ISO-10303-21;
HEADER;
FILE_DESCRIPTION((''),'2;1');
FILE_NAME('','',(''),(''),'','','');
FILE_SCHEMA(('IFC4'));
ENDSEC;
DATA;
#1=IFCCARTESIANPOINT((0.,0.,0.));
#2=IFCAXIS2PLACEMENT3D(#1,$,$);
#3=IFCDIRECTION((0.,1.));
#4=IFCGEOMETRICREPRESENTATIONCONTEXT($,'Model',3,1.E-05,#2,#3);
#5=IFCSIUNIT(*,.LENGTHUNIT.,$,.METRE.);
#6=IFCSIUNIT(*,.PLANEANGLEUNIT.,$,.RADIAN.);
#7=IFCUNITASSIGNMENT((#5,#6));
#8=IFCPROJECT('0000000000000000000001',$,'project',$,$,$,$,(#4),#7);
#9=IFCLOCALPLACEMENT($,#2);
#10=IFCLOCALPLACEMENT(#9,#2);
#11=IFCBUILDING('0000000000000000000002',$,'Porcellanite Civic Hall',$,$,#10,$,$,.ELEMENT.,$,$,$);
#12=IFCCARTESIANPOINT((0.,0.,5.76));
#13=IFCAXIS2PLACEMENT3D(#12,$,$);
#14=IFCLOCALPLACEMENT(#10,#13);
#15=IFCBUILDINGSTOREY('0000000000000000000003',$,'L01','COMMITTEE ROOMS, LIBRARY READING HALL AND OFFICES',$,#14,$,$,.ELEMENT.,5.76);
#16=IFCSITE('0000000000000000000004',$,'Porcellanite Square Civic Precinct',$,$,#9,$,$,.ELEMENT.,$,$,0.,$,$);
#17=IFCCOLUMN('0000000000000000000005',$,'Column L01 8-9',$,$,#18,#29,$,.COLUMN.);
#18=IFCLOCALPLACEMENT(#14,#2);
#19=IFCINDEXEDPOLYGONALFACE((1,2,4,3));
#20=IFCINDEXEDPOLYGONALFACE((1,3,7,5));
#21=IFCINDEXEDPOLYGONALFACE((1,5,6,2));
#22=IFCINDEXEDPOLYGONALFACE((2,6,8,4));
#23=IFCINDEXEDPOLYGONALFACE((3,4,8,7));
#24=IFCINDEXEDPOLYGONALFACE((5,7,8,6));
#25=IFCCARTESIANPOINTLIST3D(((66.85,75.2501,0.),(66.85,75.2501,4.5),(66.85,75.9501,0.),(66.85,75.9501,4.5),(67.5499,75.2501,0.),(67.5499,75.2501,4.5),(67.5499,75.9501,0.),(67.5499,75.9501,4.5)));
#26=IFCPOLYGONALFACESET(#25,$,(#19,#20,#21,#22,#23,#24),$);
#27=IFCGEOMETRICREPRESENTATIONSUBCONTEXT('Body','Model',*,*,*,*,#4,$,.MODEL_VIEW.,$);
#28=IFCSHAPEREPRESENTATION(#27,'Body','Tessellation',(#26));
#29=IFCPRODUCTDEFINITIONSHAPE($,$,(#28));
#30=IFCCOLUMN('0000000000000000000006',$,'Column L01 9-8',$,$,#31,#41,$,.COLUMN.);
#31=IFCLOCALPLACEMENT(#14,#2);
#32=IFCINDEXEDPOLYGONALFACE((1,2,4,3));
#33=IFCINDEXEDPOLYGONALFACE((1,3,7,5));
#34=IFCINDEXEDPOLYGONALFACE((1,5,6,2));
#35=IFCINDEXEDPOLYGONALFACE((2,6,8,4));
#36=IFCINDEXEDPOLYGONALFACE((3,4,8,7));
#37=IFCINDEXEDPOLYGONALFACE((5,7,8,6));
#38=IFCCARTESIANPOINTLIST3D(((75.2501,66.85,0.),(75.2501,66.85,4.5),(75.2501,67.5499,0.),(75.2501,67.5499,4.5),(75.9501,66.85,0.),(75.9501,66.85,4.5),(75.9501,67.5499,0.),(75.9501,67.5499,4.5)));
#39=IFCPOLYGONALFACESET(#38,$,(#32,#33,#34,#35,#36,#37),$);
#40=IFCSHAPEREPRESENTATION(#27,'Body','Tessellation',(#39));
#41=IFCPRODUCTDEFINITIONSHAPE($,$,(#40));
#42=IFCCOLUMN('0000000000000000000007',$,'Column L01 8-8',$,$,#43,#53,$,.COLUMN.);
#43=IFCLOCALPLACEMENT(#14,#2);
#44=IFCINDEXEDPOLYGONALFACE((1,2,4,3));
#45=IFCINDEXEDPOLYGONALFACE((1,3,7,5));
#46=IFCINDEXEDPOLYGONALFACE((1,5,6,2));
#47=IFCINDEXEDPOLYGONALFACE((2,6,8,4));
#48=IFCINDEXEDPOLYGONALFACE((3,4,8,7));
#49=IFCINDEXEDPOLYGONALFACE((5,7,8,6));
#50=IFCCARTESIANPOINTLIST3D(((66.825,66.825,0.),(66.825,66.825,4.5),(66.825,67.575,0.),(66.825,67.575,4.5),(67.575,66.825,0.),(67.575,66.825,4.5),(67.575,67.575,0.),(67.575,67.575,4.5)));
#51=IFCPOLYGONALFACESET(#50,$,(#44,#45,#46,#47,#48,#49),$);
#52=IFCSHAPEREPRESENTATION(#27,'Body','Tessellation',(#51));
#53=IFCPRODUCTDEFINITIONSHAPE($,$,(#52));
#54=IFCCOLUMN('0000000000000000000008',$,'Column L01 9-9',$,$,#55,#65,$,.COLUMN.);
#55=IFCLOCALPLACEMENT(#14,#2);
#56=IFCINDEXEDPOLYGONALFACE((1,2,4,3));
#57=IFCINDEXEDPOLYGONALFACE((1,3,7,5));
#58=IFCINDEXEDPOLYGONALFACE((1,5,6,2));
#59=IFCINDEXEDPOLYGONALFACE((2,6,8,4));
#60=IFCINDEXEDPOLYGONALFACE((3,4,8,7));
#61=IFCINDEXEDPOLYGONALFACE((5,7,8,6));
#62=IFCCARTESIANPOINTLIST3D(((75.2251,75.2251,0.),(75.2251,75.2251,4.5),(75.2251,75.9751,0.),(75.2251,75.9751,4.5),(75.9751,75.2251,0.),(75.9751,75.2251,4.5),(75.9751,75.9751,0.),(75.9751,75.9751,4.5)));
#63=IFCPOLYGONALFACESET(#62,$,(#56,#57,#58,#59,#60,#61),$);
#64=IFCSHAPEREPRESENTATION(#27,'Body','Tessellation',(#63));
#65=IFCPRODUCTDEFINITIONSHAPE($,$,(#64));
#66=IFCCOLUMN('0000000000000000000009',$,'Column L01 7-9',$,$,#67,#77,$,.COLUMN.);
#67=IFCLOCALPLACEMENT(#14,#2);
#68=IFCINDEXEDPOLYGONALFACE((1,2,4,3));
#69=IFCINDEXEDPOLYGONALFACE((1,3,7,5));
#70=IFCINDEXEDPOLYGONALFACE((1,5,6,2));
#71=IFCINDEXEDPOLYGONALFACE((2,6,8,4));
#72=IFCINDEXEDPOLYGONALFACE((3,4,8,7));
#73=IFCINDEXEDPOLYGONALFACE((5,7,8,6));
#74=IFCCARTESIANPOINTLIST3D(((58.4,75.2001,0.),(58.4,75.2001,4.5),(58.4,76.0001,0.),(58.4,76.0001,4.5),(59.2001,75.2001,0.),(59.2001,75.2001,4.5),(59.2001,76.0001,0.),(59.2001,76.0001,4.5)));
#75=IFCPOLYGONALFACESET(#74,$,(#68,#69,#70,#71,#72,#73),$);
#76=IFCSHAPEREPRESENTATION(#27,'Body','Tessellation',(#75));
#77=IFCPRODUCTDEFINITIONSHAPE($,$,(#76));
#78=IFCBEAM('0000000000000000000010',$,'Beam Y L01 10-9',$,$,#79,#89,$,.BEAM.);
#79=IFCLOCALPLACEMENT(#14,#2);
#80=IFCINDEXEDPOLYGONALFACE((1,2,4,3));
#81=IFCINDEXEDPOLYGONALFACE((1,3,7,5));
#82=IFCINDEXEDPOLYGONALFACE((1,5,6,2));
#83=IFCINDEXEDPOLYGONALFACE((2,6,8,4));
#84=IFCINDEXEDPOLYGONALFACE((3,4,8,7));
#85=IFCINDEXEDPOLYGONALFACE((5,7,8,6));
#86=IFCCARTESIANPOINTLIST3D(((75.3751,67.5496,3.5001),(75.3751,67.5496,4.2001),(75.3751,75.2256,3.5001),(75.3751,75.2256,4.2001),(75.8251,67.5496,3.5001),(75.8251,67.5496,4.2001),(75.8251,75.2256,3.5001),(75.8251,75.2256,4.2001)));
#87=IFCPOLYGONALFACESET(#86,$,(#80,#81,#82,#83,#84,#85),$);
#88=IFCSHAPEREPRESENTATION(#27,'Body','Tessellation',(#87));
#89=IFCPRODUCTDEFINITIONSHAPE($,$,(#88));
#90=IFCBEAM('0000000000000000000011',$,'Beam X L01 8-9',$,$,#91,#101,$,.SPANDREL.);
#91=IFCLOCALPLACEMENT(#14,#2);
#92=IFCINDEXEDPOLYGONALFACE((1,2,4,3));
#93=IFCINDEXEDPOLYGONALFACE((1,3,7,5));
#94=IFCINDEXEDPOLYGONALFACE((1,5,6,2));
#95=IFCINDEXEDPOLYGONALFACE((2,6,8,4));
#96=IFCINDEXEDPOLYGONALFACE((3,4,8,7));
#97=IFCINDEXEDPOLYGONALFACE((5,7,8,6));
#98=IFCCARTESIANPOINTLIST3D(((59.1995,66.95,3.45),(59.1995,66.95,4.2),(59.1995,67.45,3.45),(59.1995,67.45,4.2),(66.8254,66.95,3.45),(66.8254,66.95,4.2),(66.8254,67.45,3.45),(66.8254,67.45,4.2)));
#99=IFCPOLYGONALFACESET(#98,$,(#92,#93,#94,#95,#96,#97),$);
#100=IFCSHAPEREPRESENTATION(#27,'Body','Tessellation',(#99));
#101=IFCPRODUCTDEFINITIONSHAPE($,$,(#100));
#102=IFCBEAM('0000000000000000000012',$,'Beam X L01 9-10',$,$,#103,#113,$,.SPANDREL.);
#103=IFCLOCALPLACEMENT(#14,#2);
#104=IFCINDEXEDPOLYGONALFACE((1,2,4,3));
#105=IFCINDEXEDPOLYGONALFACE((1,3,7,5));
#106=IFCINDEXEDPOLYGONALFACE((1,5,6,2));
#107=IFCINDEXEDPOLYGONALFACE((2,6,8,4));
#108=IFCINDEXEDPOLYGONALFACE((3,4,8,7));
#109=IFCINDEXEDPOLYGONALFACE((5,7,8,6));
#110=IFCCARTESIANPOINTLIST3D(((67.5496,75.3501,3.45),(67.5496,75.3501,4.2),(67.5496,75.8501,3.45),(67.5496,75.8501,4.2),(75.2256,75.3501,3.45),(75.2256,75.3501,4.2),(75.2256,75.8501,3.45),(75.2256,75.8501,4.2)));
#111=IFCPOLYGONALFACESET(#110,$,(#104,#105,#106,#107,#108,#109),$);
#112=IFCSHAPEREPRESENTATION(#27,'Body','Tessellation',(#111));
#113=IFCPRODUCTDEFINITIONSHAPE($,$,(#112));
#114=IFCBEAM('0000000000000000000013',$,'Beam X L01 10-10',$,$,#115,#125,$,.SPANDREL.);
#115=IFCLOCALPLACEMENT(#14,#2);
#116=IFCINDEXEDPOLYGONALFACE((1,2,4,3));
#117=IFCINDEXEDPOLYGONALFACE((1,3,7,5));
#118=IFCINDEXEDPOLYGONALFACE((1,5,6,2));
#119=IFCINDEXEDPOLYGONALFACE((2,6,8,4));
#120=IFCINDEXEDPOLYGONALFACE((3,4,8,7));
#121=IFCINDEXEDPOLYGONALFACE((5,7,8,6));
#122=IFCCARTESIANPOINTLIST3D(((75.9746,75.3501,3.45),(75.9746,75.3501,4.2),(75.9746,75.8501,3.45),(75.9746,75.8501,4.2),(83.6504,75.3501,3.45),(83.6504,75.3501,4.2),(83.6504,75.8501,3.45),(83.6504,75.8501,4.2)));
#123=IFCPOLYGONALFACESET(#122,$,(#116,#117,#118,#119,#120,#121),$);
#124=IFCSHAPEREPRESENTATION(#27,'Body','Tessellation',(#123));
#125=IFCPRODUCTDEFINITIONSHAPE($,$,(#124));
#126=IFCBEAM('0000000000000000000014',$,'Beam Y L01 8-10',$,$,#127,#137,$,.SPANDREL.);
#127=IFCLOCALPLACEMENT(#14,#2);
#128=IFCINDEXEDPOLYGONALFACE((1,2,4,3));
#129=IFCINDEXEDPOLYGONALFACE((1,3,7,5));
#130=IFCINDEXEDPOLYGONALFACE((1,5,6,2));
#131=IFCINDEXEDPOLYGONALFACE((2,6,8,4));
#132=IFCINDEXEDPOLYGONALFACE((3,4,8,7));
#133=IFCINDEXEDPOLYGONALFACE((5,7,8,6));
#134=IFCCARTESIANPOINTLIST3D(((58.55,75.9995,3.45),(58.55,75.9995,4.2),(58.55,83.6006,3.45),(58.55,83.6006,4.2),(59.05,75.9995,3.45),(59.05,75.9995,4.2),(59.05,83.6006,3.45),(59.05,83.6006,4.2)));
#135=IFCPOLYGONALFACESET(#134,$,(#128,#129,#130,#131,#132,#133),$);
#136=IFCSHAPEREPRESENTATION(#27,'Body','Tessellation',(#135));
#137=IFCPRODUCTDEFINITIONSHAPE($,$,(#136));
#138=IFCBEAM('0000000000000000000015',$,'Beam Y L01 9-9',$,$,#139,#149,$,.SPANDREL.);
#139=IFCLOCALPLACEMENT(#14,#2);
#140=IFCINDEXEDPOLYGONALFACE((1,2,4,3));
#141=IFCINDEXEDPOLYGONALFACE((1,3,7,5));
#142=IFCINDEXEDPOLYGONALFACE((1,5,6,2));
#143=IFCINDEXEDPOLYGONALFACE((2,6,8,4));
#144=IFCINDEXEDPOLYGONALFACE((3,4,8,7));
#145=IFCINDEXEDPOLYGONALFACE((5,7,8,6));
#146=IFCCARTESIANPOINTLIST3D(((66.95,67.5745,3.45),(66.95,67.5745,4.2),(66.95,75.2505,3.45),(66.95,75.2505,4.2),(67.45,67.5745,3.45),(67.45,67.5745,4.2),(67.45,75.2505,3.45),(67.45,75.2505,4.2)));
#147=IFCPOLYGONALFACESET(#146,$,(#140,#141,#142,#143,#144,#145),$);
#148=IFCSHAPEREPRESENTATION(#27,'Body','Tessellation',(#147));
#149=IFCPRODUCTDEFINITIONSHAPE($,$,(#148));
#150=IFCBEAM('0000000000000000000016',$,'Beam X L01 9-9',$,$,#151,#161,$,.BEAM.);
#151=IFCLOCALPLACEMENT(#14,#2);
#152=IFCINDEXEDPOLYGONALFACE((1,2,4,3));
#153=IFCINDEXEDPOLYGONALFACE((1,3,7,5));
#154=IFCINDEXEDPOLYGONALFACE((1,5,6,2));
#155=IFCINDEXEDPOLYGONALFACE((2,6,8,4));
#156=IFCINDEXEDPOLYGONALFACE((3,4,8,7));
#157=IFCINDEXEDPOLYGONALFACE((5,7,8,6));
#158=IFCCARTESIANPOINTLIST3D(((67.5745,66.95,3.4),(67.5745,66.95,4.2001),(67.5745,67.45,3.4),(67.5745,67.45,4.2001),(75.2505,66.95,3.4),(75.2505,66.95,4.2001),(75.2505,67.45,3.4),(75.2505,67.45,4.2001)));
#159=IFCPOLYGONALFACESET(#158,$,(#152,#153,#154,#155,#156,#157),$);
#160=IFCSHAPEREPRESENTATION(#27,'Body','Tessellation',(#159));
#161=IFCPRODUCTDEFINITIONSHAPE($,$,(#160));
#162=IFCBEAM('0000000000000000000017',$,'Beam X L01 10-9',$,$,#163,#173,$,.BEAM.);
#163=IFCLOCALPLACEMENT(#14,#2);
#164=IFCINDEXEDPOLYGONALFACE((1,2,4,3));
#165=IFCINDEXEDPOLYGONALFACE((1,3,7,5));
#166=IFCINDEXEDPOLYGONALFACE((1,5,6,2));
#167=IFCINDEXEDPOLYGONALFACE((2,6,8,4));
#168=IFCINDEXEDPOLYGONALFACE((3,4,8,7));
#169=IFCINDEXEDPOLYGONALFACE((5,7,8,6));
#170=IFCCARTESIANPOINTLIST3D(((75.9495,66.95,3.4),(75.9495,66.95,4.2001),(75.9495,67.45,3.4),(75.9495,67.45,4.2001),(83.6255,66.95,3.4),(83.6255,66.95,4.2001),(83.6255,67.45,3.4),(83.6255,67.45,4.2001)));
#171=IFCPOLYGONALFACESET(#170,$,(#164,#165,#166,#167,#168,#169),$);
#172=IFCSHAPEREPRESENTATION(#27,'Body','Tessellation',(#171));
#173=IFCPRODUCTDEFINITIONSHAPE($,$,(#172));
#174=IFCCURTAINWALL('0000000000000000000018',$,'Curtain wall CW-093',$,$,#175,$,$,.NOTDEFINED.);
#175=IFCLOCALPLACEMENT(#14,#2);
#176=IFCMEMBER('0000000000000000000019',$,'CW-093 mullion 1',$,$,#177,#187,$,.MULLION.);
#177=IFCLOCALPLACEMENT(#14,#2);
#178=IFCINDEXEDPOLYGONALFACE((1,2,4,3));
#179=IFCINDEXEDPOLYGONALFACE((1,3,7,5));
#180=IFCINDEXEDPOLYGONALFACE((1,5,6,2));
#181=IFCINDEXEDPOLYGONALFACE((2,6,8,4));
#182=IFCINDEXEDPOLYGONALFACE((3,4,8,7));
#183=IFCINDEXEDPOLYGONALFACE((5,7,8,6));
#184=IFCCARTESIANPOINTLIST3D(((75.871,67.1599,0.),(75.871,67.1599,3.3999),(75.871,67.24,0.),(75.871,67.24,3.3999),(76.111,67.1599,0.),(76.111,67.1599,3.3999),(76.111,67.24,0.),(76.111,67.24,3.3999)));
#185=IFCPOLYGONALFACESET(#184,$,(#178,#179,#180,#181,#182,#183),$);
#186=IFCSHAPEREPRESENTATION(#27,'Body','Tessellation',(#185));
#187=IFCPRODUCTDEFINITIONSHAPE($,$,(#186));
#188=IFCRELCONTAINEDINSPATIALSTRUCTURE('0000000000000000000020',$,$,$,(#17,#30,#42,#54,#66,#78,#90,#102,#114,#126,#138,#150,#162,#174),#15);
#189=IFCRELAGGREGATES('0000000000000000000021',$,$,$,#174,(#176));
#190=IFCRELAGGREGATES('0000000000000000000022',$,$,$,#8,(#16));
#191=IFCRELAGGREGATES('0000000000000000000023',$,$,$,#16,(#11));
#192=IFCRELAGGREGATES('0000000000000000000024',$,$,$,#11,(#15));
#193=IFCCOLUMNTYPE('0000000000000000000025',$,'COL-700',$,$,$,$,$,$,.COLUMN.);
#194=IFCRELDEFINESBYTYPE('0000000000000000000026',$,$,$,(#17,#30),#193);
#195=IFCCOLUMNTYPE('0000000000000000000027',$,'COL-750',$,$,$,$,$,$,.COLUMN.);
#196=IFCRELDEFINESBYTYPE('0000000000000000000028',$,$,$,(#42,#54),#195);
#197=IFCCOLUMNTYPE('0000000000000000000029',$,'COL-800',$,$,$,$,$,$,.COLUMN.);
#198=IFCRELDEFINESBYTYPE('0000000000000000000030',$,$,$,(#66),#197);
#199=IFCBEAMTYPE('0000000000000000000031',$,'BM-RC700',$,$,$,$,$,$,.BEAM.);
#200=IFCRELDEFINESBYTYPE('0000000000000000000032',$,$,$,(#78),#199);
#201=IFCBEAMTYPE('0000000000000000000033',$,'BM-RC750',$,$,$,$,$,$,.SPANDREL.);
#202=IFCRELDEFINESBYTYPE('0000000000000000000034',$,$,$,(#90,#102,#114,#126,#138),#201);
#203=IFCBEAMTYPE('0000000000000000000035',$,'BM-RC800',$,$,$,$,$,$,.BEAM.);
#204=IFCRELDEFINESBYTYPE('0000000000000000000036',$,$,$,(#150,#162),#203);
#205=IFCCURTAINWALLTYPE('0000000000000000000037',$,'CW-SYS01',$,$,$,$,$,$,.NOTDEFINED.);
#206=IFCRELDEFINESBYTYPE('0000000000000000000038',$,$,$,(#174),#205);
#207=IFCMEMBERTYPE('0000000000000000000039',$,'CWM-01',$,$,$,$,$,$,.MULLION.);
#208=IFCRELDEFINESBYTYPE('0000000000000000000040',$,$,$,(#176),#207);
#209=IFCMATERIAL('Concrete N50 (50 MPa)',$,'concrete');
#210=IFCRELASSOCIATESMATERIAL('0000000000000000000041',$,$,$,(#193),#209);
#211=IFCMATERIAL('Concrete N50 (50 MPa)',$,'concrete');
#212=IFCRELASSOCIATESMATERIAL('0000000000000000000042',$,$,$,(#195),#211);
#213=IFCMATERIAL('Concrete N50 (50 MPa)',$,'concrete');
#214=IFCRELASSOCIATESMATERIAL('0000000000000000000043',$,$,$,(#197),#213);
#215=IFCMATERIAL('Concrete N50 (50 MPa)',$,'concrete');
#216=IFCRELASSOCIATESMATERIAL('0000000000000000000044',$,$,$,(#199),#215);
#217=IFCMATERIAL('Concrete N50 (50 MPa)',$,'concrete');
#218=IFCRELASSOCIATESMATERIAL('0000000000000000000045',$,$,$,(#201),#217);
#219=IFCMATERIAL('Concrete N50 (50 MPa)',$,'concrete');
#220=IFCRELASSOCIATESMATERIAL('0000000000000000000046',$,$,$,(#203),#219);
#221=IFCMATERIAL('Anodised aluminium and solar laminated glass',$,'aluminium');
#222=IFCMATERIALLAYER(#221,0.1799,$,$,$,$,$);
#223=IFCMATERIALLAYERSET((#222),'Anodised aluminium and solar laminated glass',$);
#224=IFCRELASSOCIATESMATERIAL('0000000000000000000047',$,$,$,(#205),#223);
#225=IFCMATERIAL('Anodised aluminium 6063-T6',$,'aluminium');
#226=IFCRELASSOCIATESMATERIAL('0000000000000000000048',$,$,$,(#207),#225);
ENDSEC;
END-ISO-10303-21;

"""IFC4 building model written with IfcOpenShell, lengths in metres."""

from ifc_helpers import new_model, si_unit, direction, frame, origin, origin_2d, place, context, subcontext, project, spatial, rectangle, extrude, material, layer, layer_set, material_profile, profile_set, type_object, element, aggregate, save


model = new_model("IFC4")

# Units and contexts
model_context = context("Model", 3, precision=1e-05, world=origin(), true_north=direction((0.0, 1.0)))
body_context = subcontext(model_context, "Body", "Model", "MODEL_VIEW")
ifc_project = project(units=[si_unit("LENGTHUNIT", "METRE"), si_unit("PLANEANGLEUNIT", "RADIAN")], contexts=[model_context])

# Site, building, storey
site_placement = place(None, origin())
site = spatial("IfcSite", under=ifc_project, at=site_placement, Name="Porcellanite Square Civic Precinct", CompositionType="ELEMENT", RefElevation=0.0)
building_placement = place(site_placement, origin())
building = spatial("IfcBuilding", under=site, at=building_placement, Name="Porcellanite Civic Hall", CompositionType="ELEMENT")
storey_placement = place(building_placement, frame((0.0, 0.0, 5.76)))
storey = spatial("IfcBuildingStorey", under=building, at=storey_placement, Name="L01", Description="COMMITTEE ROOMS, LIBRARY READING HALL AND OFFICES", CompositionType="ELEMENT", Elevation=5.76)

# Columns
ifc_material_1 = material(Name="Concrete N50 (50 MPa)", Category="concrete")
ifc_material_profile_1 = material_profile(ifc_material_1, rectangle(XDim=0.7, YDim=0.7, at=origin_2d()), Name="RC-700x700")
ifc_profile_set_1 = profile_set([ifc_material_profile_1], Name="Concrete N50 (50 MPa)")
column_type_1 = type_object("IfcColumnType", Name="COL-700", PredefinedType="COLUMN", material=ifc_profile_set_1)
for number, where, z_axis, x_axis, name in (
    (1, (67.2, 75.6001, 0.0), (0.0, 0.0, 1.0), (1.0, 0.0, 0.0), "Column L01 8-9"),
    (2, (75.6001, 67.2, 0.0), (0.0, 0.0, 1.0), (1.0, 0.0, 0.0), "Column L01 9-8"),
):
    element("IfcColumn", number, at=place(storey_placement, frame(where, z_axis=z_axis, x_axis=x_axis)), inside=storey, type_object=column_type_1, Name=name, PredefinedType="COLUMN", context=body_context, shape_type="SweptSolid", body=[
        extrude(rectangle(XDim=0.7, YDim=0.7, at=origin_2d()), origin(), (0.0, 0.0, 1.0), 4.5),
    ])
ifc_material_2 = material(Name="Concrete N50 (50 MPa)", Category="concrete")
ifc_material_profile_2 = material_profile(ifc_material_2, rectangle(XDim=0.75, YDim=0.75, at=origin_2d()), Name="RC-750x750")
ifc_profile_set_2 = profile_set([ifc_material_profile_2], Name="Concrete N50 (50 MPa)")
column_type_2 = type_object("IfcColumnType", Name="COL-750", PredefinedType="COLUMN", material=ifc_profile_set_2)
for number, where, z_axis, x_axis, name in (
    (3, (67.2, 67.2, 0.0), (0.0, 0.0, 1.0), (1.0, 0.0, 0.0), "Column L01 8-8"),
    (4, (75.6001, 75.6001, 0.0), (0.0, 0.0, 1.0), (1.0, 0.0, 0.0), "Column L01 9-9"),
):
    element("IfcColumn", number, at=place(storey_placement, frame(where, z_axis=z_axis, x_axis=x_axis)), inside=storey, type_object=column_type_2, Name=name, PredefinedType="COLUMN", context=body_context, shape_type="SweptSolid", body=[
        extrude(rectangle(XDim=0.75, YDim=0.75, at=origin_2d()), origin(), (0.0, 0.0, 1.0), 4.5),
    ])
ifc_material_3 = material(Name="Concrete N50 (50 MPa)", Category="concrete")
ifc_material_profile_3 = material_profile(ifc_material_3, rectangle(XDim=0.8, YDim=0.8, at=origin_2d()), Name="RC-800x800")
ifc_profile_set_3 = profile_set([ifc_material_profile_3], Name="Concrete N50 (50 MPa)")
column_type_3 = type_object("IfcColumnType", Name="COL-800", PredefinedType="COLUMN", material=ifc_profile_set_3)
column_placement = place(storey_placement, frame((58.8, 75.6001, 0.0), z_axis=(0.0, 0.0, 1.0), x_axis=(1.0, 0.0, 0.0)))
element("IfcColumn", 5, at=column_placement, inside=storey, type_object=column_type_3, Name="Column L01 7-9", PredefinedType="COLUMN", context=body_context, shape_type="SweptSolid", body=[
    extrude(rectangle(XDim=0.8, YDim=0.8, at=origin_2d()), origin(), (0.0, 0.0, 1.0), 4.5),
])

# Beams
ifc_material_4 = material(Name="Concrete N50 (50 MPa)", Category="concrete")
ifc_material_profile_4 = material_profile(ifc_material_4, rectangle(XDim=0.45, YDim=0.7, at=origin_2d()), Name="RC-450x700")
ifc_profile_set_4 = profile_set([ifc_material_profile_4], Name="Concrete N50 (50 MPa)")
beam_type_1 = type_object("IfcBeamType", Name="BM-RC700", PredefinedType="BEAM", material=ifc_profile_set_4)
beam_1_placement = place(storey_placement, frame((75.6001, 67.5496, 3.8501), z_axis=(0.0, 1.0, 0.0), x_axis=(-1.0, 0.0, 0.0)))
element("IfcBeam", 6, at=beam_1_placement, inside=storey, type_object=beam_type_1, Name="Beam Y L01 10-9", PredefinedType="BEAM", context=body_context, shape_type="SweptSolid", body=[
    extrude(rectangle(XDim=0.45, YDim=0.7, at=origin_2d()), origin(), (0.0, 0.0, 1.0), 7.676),
])
ifc_material_5 = material(Name="Concrete N50 (50 MPa)", Category="concrete")
ifc_material_profile_5 = material_profile(ifc_material_5, rectangle(XDim=0.5, YDim=0.75, at=origin_2d()), Name="RC-500x750")
ifc_profile_set_5 = profile_set([ifc_material_profile_5], Name="Concrete N50 (50 MPa)")
beam_type_2 = type_object("IfcBeamType", Name="BM-RC750", PredefinedType="SPANDREL", material=ifc_profile_set_5)
beam_2_placement = place(storey_placement, frame((59.1995, 67.2, 3.825), z_axis=(1.0, 0.0, 0.0), x_axis=(0.0, 1.0, 0.0)))
element("IfcBeam", 7, at=beam_2_placement, inside=storey, type_object=beam_type_2, Name="Beam X L01 8-9", PredefinedType="SPANDREL", context=body_context, shape_type="SweptSolid", body=[
    extrude(rectangle(XDim=0.5, YDim=0.75, at=origin_2d()), origin(), (0.0, 0.0, 1.0), 7.626),
])
beam_3_placement = place(storey_placement, frame((67.5496, 75.6001, 3.825), z_axis=(1.0, 0.0, 0.0), x_axis=(0.0, 1.0, 0.0)))
element("IfcBeam", 8, at=beam_3_placement, inside=storey, type_object=beam_type_2, Name="Beam X L01 9-10", PredefinedType="SPANDREL", context=body_context, shape_type="SweptSolid", body=[
    extrude(rectangle(XDim=0.5, YDim=0.75, at=origin_2d()), origin(), (0.0, 0.0, 1.0), 7.676),
])
beam_4_placement = place(storey_placement, frame((75.9746, 75.6001, 3.825), z_axis=(1.0, 0.0, 0.0), x_axis=(0.0, 1.0, 0.0)))
element("IfcBeam", 9, at=beam_4_placement, inside=storey, type_object=beam_type_2, Name="Beam X L01 10-10", PredefinedType="SPANDREL", context=body_context, shape_type="SweptSolid", body=[
    extrude(rectangle(XDim=0.5, YDim=0.75, at=origin_2d()), origin(), (0.0, 0.0, 1.0), 7.6758),
])
beam_5_placement = place(storey_placement, frame((58.8, 75.9995, 3.825), z_axis=(0.0, 1.0, 0.0), x_axis=(-1.0, 0.0, 0.0)))
element("IfcBeam", 10, at=beam_5_placement, inside=storey, type_object=beam_type_2, Name="Beam Y L01 8-10", PredefinedType="SPANDREL", context=body_context, shape_type="SweptSolid", body=[
    extrude(rectangle(XDim=0.5, YDim=0.75, at=origin_2d()), origin(), (0.0, 0.0, 1.0), 7.6011),
])
beam_6_placement = place(storey_placement, frame((67.2, 67.5745, 3.825), z_axis=(0.0, 1.0, 0.0), x_axis=(-1.0, 0.0, 0.0)))
element("IfcBeam", 11, at=beam_6_placement, inside=storey, type_object=beam_type_2, Name="Beam Y L01 9-9", PredefinedType="SPANDREL", context=body_context, shape_type="SweptSolid", body=[
    extrude(rectangle(XDim=0.5, YDim=0.75, at=origin_2d()), origin(), (0.0, 0.0, 1.0), 7.676),
])
ifc_material_6 = material(Name="Concrete N50 (50 MPa)", Category="concrete")
ifc_material_profile_6 = material_profile(ifc_material_6, rectangle(XDim=0.5, YDim=0.8, at=origin_2d()), Name="RC-500x800")
ifc_profile_set_6 = profile_set([ifc_material_profile_6], Name="Concrete N50 (50 MPa)")
beam_type_3 = type_object("IfcBeamType", Name="BM-RC800", PredefinedType="BEAM", material=ifc_profile_set_6)
for number, where, z_axis, x_axis, name in (
    (12, (67.5745, 67.2, 3.8), (1.0, 0.0, 0.0), (0.0, 1.0, 0.0), "Beam X L01 9-9"),
    (13, (75.9495, 67.2, 3.8), (1.0, 0.0, 0.0), (0.0, 1.0, 0.0), "Beam X L01 10-9"),
):
    element("IfcBeam", number, at=place(storey_placement, frame(where, z_axis=z_axis, x_axis=x_axis)), inside=storey, type_object=beam_type_3, Name=name, PredefinedType="BEAM", context=body_context, shape_type="SweptSolid", body=[
        extrude(rectangle(XDim=0.5, YDim=0.8, at=origin_2d()), origin(), (0.0, 0.0, 1.0), 7.676),
    ])

# Curtain wall, member
ifc_material_7 = material(Name="Anodised aluminium and solar laminated glass", Category="aluminium")
ifc_layer_1 = layer(ifc_material_7, 0.1799)
ifc_layer_set_1 = layer_set([ifc_layer_1], Name="Anodised aluminium and solar laminated glass")
curtain_wall_type_1 = type_object("IfcCurtainWallType", Name="CW-SYS01", PredefinedType="NOTDEFINED", material=ifc_layer_set_1)
curtain_wall_1_placement = place(storey_placement, origin())
curtain_wall_1 = element("IfcCurtainWall", 14, at=curtain_wall_1_placement, inside=storey, type_object=curtain_wall_type_1, Name="Curtain wall CW-093", PredefinedType="NOTDEFINED")
ifc_material_8 = material(Name="Anodised aluminium 6063-T6", Category="aluminium")
ifc_material_profile_7 = material_profile(ifc_material_8, rectangle(XDim=0.0801, YDim=0.24, at=origin_2d()), Name="AL-80x240")
ifc_profile_set_7 = profile_set([ifc_material_profile_7], Name="Anodised aluminium 6063-T6")
member_type_1 = type_object("IfcMemberType", Name="CWM-01", PredefinedType="MULLION", material=ifc_profile_set_7)
member_1_placement = place(storey_placement, frame((75.991, 67.2, 0.0), z_axis=(0.0, 0.0, 1.0), x_axis=(0.0, 1.0, 0.0)))
member_1 = element("IfcMember", 15, at=member_1_placement, type_object=member_type_1, Name="CW-093 mullion 1", PredefinedType="MULLION", context=body_context, shape_type="SweptSolid", body=[
    extrude(rectangle(XDim=0.0801, YDim=0.24, at=origin_2d()), origin(), (0.0, 0.0, 1.0), 3.3999),
])

aggregate(curtain_wall_1, [member_1])

save(model, "model.ifc")
